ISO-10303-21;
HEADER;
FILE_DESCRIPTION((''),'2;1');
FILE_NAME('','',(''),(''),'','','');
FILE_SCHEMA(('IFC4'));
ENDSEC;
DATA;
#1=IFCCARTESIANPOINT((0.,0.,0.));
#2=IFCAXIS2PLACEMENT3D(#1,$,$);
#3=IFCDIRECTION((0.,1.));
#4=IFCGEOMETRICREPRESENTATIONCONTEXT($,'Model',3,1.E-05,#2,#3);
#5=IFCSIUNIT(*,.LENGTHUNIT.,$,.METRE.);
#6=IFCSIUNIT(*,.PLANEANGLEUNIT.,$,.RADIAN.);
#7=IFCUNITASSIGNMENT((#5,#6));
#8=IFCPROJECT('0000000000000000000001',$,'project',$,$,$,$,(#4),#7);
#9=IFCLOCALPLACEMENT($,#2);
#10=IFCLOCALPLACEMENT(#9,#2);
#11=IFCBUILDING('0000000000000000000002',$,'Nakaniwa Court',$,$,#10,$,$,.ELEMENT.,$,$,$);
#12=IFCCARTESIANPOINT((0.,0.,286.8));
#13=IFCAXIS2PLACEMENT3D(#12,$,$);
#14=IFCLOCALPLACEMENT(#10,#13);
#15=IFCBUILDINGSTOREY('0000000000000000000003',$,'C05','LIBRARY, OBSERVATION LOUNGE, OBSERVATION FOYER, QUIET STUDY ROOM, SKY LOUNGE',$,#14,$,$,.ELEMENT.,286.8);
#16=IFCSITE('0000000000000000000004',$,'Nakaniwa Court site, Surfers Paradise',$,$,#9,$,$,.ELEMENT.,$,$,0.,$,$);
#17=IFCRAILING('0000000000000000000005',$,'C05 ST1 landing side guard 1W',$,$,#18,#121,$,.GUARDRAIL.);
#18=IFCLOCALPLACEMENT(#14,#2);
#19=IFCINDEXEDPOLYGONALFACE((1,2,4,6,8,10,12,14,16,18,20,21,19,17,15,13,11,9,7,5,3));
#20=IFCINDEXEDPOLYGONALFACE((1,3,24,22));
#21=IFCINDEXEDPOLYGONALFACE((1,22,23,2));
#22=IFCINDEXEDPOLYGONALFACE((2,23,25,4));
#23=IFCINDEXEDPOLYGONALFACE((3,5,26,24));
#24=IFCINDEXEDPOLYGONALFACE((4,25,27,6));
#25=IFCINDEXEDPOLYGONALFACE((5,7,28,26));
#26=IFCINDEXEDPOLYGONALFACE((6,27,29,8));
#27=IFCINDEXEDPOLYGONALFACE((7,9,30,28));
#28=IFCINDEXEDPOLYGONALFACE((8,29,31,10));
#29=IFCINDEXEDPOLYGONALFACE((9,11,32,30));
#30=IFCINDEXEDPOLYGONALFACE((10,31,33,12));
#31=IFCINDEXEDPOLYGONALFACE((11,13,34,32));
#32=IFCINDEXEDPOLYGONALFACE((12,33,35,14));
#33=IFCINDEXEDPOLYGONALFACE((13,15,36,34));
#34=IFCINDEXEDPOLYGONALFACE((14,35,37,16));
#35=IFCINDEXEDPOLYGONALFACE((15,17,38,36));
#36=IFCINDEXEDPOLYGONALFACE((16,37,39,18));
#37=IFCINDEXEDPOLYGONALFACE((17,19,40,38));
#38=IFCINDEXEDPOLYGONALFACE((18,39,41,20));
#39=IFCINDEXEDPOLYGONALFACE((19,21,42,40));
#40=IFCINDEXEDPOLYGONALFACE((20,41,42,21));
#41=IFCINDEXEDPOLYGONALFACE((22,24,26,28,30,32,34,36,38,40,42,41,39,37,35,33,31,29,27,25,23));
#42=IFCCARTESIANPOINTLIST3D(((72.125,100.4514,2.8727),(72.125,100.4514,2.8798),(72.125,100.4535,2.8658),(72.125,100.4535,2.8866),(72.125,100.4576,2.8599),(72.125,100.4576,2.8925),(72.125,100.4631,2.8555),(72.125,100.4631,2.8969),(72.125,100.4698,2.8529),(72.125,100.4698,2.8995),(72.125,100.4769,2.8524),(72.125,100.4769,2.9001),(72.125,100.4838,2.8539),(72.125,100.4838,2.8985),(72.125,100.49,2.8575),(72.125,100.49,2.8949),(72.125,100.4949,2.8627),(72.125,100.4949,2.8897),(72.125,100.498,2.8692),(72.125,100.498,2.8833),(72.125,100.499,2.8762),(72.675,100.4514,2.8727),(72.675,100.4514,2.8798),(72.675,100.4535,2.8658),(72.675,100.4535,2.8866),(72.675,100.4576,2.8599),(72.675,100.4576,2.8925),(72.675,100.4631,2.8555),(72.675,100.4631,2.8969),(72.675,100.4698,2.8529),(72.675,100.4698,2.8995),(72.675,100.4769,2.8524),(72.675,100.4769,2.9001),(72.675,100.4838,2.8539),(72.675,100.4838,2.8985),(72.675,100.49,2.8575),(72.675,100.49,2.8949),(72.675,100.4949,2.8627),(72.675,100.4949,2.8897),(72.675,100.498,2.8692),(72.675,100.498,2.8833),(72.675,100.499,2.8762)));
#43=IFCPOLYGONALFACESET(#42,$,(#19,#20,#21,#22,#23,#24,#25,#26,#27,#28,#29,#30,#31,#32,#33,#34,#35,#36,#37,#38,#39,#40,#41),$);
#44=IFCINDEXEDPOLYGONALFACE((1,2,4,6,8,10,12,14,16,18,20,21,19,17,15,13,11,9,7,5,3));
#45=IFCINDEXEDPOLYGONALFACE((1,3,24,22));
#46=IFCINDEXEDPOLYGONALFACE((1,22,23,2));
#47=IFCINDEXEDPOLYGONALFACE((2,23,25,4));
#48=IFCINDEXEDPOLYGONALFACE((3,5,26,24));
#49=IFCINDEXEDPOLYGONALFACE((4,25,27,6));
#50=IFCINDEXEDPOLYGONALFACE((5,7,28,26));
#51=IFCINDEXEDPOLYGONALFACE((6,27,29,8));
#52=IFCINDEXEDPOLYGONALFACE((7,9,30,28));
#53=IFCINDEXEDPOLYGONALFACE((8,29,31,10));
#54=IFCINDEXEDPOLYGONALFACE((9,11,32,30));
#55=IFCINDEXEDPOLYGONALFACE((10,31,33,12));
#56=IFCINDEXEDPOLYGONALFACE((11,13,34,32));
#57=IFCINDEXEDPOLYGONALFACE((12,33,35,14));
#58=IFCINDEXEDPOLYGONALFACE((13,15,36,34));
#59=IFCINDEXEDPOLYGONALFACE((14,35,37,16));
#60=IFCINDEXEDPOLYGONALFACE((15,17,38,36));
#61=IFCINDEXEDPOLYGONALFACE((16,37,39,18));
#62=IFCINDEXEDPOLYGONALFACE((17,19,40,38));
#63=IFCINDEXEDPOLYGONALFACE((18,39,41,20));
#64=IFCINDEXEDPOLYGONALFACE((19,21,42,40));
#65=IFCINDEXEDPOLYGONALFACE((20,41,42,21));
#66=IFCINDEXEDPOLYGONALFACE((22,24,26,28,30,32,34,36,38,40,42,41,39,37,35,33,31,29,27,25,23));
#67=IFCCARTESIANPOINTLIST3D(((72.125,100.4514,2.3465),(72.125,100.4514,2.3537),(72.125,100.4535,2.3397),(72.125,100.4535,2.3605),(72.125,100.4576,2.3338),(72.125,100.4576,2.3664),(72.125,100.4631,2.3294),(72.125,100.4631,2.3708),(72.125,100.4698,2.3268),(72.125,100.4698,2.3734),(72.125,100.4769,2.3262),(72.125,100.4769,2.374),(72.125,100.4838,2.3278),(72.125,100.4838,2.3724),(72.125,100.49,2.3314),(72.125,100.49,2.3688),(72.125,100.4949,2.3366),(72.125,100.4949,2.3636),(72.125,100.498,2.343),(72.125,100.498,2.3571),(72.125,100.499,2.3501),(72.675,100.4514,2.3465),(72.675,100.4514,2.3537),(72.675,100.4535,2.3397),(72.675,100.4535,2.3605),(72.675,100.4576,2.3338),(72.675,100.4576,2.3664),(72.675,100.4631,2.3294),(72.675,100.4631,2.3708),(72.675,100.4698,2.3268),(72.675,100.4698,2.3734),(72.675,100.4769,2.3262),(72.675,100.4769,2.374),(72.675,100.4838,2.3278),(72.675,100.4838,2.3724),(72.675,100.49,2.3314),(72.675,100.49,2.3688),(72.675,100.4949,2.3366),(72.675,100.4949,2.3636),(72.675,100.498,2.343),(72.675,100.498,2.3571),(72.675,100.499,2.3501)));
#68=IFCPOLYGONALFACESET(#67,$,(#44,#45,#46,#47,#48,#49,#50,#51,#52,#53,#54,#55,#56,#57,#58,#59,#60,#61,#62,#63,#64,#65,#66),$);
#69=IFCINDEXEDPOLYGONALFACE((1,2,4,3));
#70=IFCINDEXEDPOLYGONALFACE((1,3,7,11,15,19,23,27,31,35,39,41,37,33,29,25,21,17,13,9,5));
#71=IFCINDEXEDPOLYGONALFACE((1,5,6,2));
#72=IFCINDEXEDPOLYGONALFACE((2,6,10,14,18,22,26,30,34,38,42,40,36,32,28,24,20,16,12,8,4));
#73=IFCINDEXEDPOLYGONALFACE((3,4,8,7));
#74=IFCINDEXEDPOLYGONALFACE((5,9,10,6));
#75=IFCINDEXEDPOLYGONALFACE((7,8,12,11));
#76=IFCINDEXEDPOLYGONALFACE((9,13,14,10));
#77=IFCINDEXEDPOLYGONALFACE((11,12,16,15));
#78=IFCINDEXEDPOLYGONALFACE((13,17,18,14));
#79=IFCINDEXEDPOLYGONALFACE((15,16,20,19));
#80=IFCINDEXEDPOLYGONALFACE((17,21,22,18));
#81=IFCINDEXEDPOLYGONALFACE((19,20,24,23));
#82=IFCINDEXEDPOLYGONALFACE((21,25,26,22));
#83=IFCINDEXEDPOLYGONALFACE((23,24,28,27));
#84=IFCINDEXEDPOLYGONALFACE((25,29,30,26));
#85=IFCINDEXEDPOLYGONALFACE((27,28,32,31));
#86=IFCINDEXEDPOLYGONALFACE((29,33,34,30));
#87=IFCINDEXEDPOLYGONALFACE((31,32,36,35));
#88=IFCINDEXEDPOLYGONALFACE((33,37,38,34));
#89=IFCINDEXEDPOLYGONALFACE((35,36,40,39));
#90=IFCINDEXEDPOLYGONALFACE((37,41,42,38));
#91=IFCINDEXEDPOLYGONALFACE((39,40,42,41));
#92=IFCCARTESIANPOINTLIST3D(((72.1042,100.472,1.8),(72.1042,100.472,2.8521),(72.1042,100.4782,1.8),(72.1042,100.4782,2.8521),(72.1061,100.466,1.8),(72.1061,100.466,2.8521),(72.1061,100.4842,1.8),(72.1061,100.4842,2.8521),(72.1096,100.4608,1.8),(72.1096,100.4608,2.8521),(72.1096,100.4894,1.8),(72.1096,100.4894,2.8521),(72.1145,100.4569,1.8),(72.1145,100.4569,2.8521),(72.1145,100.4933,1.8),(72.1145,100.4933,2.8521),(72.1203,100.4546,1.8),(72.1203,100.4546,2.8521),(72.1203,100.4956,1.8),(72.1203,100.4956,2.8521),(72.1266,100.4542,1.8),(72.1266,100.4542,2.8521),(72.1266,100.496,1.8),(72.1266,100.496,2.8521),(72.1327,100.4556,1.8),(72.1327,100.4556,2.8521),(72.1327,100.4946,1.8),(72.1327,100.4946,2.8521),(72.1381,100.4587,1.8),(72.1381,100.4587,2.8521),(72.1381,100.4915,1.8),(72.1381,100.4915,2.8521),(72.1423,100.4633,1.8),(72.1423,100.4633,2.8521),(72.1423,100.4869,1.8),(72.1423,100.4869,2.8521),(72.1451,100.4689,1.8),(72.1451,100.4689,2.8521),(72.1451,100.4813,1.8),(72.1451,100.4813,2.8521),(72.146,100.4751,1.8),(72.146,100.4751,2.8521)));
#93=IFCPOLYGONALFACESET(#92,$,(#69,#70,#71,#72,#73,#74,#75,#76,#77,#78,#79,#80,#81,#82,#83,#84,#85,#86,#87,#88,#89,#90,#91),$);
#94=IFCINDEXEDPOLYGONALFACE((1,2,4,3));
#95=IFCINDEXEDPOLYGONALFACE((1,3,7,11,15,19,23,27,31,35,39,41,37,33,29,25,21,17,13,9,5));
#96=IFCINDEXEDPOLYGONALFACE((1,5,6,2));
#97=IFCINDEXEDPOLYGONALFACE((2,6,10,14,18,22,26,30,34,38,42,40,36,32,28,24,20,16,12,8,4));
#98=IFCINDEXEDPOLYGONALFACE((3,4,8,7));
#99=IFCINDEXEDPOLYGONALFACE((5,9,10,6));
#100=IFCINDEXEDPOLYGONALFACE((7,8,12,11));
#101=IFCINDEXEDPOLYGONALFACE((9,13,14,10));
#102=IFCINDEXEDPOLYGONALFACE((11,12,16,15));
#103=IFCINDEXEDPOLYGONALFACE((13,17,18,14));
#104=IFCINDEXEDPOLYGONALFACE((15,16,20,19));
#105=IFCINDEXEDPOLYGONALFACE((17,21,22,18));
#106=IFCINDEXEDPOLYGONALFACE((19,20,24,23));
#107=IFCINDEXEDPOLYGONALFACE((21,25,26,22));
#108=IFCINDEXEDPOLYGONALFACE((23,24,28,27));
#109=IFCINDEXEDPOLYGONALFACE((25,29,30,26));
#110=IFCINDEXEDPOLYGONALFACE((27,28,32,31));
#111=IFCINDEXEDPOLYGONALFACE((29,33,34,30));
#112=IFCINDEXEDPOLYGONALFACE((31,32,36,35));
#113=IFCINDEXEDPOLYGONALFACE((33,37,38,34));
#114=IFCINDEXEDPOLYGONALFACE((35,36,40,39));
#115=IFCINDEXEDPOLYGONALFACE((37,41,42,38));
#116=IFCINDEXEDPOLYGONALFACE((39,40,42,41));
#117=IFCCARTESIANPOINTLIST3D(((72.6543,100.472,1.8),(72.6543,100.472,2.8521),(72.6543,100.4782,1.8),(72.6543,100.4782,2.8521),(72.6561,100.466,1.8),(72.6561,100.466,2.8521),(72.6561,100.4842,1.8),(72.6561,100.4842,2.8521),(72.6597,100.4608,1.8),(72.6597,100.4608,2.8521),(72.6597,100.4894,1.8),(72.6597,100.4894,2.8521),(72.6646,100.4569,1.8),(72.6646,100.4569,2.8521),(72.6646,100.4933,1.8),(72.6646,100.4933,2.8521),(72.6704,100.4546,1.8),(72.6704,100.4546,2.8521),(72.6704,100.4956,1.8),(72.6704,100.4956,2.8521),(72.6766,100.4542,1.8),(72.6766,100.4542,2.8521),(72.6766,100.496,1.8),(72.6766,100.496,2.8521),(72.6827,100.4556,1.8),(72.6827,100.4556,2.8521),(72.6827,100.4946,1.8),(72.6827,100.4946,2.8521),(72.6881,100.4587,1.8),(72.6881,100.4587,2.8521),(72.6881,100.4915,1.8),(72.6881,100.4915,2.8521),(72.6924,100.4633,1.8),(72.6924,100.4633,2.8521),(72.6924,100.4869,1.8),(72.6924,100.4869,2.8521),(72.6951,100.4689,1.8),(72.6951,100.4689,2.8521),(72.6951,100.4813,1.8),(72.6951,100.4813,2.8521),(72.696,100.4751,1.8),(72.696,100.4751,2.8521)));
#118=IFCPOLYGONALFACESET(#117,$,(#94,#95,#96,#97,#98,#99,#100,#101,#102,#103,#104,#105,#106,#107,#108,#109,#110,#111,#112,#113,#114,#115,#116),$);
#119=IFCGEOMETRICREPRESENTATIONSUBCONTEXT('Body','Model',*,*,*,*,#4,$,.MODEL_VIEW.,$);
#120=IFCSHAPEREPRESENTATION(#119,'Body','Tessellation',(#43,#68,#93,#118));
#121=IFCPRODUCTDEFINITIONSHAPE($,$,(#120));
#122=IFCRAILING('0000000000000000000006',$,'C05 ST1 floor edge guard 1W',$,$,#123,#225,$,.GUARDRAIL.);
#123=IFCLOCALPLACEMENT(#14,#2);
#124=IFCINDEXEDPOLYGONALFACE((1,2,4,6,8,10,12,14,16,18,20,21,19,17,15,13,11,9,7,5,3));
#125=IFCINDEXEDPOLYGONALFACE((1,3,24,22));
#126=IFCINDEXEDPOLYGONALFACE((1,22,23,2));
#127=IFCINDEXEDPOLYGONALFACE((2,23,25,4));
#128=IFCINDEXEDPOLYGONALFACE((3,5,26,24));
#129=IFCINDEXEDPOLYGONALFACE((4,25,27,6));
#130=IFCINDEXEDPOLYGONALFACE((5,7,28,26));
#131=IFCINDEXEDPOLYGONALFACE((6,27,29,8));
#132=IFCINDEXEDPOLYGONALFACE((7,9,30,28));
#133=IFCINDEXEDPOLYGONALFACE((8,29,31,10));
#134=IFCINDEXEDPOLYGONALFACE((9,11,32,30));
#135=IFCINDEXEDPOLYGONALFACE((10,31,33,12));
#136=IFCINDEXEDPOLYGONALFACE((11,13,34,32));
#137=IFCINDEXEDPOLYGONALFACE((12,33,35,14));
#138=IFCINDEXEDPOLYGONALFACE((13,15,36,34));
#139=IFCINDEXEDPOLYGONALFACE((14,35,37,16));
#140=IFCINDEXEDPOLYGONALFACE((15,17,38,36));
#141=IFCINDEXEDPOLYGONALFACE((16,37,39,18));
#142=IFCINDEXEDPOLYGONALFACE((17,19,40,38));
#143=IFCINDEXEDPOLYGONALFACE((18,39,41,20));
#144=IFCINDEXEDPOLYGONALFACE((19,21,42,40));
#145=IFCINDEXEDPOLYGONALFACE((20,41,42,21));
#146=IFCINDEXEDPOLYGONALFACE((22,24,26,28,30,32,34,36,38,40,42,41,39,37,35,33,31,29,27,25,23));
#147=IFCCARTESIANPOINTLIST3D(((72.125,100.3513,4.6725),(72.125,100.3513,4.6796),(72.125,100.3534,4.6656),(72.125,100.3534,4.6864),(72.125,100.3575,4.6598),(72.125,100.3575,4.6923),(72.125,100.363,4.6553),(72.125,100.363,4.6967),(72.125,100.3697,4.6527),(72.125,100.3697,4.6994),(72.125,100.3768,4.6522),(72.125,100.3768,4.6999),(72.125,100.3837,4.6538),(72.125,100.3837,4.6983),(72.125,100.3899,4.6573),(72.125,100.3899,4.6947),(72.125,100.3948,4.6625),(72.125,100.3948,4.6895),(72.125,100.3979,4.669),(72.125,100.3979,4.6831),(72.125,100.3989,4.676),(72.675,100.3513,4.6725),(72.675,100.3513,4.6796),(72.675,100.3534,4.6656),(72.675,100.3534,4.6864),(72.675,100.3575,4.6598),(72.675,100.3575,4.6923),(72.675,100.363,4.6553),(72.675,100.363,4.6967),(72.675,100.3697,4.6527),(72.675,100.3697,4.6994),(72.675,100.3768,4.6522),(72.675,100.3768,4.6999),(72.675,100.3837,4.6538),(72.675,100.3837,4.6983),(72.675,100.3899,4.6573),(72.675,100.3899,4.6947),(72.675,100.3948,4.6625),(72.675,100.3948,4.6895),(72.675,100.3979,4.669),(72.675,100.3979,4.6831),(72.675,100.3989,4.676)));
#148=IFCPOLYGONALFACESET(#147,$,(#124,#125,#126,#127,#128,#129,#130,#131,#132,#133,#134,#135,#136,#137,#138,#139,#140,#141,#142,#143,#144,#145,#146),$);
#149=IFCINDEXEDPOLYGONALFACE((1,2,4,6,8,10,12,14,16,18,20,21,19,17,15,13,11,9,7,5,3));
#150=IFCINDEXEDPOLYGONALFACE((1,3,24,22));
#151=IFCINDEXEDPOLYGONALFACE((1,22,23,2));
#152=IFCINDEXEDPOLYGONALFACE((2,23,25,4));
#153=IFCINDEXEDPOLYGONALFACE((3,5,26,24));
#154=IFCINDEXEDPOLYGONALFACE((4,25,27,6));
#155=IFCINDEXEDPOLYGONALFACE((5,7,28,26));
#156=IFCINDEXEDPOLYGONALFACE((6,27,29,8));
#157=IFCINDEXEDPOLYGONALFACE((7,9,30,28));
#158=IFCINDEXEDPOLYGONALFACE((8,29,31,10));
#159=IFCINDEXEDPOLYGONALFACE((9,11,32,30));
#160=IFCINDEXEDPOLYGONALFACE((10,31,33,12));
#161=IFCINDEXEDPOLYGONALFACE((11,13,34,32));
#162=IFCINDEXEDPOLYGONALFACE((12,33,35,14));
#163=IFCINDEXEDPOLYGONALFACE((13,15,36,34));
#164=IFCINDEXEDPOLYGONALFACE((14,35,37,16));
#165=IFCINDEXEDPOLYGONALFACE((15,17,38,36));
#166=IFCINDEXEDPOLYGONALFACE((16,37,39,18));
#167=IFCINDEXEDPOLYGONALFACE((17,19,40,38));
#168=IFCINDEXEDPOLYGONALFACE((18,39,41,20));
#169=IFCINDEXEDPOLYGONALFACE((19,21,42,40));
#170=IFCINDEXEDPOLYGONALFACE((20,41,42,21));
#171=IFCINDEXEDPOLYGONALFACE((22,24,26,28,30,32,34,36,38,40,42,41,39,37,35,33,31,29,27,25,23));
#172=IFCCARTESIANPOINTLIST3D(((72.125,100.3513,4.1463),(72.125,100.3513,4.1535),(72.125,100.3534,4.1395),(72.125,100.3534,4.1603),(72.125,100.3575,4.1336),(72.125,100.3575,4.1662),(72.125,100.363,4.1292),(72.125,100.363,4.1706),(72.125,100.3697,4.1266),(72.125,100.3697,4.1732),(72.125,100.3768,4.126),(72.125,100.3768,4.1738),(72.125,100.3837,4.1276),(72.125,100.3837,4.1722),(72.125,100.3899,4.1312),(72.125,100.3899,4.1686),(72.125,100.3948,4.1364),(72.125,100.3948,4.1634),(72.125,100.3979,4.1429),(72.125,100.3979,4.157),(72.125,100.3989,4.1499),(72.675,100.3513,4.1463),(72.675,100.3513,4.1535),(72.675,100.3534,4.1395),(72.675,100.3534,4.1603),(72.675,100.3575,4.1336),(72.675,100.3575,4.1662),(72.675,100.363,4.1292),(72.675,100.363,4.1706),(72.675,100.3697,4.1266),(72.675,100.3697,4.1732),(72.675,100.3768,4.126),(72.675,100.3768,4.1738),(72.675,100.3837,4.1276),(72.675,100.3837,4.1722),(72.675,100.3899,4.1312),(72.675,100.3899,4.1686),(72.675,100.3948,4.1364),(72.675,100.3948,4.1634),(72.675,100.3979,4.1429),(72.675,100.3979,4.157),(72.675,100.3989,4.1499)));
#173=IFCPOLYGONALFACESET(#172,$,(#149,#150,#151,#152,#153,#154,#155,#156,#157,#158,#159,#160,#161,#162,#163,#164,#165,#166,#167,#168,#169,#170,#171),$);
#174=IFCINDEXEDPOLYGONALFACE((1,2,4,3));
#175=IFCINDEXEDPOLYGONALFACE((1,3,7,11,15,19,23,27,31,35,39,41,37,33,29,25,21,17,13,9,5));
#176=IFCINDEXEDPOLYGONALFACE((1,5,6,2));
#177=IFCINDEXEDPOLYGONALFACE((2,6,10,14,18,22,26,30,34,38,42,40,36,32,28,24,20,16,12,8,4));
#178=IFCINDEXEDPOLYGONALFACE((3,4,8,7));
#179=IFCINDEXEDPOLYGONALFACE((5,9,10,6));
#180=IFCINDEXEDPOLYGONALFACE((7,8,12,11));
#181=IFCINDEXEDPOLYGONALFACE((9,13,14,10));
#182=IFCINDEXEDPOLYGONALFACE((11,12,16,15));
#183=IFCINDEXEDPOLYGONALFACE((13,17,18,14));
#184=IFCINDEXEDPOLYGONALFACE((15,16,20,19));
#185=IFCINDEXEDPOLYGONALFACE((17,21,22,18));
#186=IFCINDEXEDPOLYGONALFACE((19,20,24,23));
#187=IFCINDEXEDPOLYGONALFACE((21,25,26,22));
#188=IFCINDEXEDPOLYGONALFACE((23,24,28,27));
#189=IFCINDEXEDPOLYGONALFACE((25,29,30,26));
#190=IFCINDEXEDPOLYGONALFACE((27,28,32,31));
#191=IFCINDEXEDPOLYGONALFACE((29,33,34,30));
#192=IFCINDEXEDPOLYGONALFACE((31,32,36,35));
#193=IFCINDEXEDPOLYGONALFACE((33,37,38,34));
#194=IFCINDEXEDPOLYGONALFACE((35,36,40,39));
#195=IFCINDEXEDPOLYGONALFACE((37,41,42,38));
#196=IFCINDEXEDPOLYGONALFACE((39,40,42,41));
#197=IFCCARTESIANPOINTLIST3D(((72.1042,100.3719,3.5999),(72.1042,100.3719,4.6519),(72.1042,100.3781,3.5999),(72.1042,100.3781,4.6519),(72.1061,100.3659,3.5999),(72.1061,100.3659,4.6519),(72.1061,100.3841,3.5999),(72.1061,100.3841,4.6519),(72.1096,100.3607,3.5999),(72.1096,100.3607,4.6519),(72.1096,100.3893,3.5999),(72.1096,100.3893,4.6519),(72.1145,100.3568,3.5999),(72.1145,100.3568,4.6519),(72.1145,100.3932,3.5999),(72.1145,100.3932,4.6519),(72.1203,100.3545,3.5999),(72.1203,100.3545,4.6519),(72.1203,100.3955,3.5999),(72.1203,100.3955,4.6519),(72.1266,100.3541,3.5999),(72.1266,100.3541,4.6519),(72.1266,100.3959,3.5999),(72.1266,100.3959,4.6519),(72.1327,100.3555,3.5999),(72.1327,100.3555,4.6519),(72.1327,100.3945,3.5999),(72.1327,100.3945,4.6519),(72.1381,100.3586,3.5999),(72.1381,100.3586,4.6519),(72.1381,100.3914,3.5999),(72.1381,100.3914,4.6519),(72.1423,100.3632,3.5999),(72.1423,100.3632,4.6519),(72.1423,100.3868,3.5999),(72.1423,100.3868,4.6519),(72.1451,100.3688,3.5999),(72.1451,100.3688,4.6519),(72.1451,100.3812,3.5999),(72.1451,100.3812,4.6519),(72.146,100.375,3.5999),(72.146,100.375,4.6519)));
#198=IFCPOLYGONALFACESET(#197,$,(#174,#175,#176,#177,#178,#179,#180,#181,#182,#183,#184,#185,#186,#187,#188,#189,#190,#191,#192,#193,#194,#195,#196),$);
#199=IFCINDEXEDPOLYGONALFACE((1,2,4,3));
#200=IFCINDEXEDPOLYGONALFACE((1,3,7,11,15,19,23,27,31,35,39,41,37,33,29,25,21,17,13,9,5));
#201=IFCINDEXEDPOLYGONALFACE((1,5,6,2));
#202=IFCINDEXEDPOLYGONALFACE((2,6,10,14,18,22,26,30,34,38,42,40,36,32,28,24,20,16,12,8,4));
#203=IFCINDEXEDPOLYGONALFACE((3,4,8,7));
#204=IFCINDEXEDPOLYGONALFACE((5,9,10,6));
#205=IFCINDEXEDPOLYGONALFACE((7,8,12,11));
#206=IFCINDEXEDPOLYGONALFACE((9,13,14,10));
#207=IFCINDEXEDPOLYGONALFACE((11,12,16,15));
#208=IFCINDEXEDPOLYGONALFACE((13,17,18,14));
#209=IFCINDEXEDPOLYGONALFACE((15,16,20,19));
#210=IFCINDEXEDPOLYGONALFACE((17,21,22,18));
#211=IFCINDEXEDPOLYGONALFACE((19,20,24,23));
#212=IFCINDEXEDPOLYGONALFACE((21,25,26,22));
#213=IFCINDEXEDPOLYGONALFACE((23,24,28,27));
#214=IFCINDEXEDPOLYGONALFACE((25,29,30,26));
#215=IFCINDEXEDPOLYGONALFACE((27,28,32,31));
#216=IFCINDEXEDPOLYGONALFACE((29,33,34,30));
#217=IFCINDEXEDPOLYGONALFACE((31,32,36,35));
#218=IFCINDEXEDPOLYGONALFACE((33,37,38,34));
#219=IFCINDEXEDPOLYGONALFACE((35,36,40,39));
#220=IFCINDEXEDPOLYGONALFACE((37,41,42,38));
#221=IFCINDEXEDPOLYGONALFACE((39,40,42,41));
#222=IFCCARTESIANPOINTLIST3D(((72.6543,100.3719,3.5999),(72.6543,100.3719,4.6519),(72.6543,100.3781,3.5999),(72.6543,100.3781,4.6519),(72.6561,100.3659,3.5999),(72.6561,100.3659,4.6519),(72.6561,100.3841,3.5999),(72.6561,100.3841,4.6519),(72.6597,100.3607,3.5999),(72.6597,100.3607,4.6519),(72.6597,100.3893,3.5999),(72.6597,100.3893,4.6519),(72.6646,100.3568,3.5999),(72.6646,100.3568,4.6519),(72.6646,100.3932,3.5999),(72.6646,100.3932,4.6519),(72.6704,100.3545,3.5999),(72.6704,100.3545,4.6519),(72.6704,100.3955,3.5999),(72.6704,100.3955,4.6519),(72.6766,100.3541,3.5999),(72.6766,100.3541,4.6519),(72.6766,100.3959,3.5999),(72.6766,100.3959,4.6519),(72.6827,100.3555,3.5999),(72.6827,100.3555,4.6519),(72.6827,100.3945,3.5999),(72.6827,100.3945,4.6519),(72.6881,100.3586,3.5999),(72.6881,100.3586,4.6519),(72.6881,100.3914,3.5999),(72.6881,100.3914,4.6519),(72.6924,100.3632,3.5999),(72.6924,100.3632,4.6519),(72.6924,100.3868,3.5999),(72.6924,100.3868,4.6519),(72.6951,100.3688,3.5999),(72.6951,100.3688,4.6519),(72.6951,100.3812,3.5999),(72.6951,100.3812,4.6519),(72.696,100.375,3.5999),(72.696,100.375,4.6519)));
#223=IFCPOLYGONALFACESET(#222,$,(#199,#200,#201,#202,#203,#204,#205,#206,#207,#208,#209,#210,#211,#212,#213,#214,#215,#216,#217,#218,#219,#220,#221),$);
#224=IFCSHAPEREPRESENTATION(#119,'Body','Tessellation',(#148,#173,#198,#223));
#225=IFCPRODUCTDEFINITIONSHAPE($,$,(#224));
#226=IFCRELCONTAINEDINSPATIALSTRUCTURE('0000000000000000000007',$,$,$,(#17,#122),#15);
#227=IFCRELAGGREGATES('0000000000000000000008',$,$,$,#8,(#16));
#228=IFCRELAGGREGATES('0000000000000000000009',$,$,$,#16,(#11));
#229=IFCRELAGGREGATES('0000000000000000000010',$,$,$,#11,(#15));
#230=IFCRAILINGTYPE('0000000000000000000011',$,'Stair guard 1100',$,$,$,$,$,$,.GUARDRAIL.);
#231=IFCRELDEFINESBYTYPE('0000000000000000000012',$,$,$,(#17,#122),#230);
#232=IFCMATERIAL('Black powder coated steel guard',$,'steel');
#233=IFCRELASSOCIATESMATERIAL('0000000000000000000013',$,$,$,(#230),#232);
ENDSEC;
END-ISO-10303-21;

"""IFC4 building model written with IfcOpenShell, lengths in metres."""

from ifc_helpers import new_model, si_unit, direction, frame, origin, origin_2d, place, context, subcontext, project, spatial, circle, extrude, material, type_object, element, save


model = new_model("IFC4")

# Units and contexts
model_context = context("Model", 3, precision=1e-05, world=origin(), true_north=direction((0.0, 1.0)))
body_context = subcontext(model_context, "Body", "Model", "MODEL_VIEW")
ifc_project = project(units=[si_unit("LENGTHUNIT", "METRE"), si_unit("PLANEANGLEUNIT", "RADIAN")], contexts=[model_context])

# Site, building, storey
site_placement = place(None, origin())
site = spatial("IfcSite", under=ifc_project, at=site_placement, Name="Nakaniwa Court site, Surfers Paradise", CompositionType="ELEMENT", RefElevation=0.0)
building_placement = place(site_placement, origin())
building = spatial("IfcBuilding", under=site, at=building_placement, Name="Nakaniwa Court", CompositionType="ELEMENT")
storey_placement = place(building_placement, frame((0.0, 0.0, 286.8)))
storey = spatial("IfcBuildingStorey", under=building, at=storey_placement, Name="C05", Description="LIBRARY, OBSERVATION LOUNGE, OBSERVATION FOYER, QUIET STUDY ROOM, SKY LOUNGE", CompositionType="ELEMENT", Elevation=286.8)

# Railings
ifc_material_1 = material(Name="Black powder coated steel guard", Category="steel")
railing_type_1 = type_object("IfcRailingType", Name="Stair guard 1100", PredefinedType="GUARDRAIL", material=ifc_material_1)
for number, where, name in (
    (1, (72.125, 100.4751, 1.8), "C05 ST1 landing side guard 1W"),
    (2, (72.125, 100.375, 3.5999), "C05 ST1 floor edge guard 1W"),
):
    element("IfcRailing", number, at=place(storey_placement, frame(where)), inside=storey, type_object=railing_type_1, Name=name, PredefinedType="GUARDRAIL", context=body_context, shape_type="SweptSolid", body=[
        extrude(circle(Radius=0.0239, at=origin_2d()), frame((0.0, 0.0, 1.0762), z_axis=(1.0, 0.0, 0.0), x_axis=(0.0, 1.0, 0.0)), (0.0, 0.0, 1.0), 0.55),
        extrude(circle(Radius=0.0239, at=origin_2d()), frame((0.0, 0.0, 0.55), z_axis=(1.0, 0.0, 0.0), x_axis=(0.0, 1.0, 0.0)), (0.0, 0.0, 1.0), 0.55),
        extrude(circle(Radius=0.021, at=origin_2d()), origin(), (0.0, 0.0, 1.0), 1.052),
        extrude(circle(Radius=0.021, at=origin_2d()), frame((0.55, 0.0, 0.0)), (0.0, 0.0, 1.0), 1.052),
    ])

save(model, "model.ifc")
